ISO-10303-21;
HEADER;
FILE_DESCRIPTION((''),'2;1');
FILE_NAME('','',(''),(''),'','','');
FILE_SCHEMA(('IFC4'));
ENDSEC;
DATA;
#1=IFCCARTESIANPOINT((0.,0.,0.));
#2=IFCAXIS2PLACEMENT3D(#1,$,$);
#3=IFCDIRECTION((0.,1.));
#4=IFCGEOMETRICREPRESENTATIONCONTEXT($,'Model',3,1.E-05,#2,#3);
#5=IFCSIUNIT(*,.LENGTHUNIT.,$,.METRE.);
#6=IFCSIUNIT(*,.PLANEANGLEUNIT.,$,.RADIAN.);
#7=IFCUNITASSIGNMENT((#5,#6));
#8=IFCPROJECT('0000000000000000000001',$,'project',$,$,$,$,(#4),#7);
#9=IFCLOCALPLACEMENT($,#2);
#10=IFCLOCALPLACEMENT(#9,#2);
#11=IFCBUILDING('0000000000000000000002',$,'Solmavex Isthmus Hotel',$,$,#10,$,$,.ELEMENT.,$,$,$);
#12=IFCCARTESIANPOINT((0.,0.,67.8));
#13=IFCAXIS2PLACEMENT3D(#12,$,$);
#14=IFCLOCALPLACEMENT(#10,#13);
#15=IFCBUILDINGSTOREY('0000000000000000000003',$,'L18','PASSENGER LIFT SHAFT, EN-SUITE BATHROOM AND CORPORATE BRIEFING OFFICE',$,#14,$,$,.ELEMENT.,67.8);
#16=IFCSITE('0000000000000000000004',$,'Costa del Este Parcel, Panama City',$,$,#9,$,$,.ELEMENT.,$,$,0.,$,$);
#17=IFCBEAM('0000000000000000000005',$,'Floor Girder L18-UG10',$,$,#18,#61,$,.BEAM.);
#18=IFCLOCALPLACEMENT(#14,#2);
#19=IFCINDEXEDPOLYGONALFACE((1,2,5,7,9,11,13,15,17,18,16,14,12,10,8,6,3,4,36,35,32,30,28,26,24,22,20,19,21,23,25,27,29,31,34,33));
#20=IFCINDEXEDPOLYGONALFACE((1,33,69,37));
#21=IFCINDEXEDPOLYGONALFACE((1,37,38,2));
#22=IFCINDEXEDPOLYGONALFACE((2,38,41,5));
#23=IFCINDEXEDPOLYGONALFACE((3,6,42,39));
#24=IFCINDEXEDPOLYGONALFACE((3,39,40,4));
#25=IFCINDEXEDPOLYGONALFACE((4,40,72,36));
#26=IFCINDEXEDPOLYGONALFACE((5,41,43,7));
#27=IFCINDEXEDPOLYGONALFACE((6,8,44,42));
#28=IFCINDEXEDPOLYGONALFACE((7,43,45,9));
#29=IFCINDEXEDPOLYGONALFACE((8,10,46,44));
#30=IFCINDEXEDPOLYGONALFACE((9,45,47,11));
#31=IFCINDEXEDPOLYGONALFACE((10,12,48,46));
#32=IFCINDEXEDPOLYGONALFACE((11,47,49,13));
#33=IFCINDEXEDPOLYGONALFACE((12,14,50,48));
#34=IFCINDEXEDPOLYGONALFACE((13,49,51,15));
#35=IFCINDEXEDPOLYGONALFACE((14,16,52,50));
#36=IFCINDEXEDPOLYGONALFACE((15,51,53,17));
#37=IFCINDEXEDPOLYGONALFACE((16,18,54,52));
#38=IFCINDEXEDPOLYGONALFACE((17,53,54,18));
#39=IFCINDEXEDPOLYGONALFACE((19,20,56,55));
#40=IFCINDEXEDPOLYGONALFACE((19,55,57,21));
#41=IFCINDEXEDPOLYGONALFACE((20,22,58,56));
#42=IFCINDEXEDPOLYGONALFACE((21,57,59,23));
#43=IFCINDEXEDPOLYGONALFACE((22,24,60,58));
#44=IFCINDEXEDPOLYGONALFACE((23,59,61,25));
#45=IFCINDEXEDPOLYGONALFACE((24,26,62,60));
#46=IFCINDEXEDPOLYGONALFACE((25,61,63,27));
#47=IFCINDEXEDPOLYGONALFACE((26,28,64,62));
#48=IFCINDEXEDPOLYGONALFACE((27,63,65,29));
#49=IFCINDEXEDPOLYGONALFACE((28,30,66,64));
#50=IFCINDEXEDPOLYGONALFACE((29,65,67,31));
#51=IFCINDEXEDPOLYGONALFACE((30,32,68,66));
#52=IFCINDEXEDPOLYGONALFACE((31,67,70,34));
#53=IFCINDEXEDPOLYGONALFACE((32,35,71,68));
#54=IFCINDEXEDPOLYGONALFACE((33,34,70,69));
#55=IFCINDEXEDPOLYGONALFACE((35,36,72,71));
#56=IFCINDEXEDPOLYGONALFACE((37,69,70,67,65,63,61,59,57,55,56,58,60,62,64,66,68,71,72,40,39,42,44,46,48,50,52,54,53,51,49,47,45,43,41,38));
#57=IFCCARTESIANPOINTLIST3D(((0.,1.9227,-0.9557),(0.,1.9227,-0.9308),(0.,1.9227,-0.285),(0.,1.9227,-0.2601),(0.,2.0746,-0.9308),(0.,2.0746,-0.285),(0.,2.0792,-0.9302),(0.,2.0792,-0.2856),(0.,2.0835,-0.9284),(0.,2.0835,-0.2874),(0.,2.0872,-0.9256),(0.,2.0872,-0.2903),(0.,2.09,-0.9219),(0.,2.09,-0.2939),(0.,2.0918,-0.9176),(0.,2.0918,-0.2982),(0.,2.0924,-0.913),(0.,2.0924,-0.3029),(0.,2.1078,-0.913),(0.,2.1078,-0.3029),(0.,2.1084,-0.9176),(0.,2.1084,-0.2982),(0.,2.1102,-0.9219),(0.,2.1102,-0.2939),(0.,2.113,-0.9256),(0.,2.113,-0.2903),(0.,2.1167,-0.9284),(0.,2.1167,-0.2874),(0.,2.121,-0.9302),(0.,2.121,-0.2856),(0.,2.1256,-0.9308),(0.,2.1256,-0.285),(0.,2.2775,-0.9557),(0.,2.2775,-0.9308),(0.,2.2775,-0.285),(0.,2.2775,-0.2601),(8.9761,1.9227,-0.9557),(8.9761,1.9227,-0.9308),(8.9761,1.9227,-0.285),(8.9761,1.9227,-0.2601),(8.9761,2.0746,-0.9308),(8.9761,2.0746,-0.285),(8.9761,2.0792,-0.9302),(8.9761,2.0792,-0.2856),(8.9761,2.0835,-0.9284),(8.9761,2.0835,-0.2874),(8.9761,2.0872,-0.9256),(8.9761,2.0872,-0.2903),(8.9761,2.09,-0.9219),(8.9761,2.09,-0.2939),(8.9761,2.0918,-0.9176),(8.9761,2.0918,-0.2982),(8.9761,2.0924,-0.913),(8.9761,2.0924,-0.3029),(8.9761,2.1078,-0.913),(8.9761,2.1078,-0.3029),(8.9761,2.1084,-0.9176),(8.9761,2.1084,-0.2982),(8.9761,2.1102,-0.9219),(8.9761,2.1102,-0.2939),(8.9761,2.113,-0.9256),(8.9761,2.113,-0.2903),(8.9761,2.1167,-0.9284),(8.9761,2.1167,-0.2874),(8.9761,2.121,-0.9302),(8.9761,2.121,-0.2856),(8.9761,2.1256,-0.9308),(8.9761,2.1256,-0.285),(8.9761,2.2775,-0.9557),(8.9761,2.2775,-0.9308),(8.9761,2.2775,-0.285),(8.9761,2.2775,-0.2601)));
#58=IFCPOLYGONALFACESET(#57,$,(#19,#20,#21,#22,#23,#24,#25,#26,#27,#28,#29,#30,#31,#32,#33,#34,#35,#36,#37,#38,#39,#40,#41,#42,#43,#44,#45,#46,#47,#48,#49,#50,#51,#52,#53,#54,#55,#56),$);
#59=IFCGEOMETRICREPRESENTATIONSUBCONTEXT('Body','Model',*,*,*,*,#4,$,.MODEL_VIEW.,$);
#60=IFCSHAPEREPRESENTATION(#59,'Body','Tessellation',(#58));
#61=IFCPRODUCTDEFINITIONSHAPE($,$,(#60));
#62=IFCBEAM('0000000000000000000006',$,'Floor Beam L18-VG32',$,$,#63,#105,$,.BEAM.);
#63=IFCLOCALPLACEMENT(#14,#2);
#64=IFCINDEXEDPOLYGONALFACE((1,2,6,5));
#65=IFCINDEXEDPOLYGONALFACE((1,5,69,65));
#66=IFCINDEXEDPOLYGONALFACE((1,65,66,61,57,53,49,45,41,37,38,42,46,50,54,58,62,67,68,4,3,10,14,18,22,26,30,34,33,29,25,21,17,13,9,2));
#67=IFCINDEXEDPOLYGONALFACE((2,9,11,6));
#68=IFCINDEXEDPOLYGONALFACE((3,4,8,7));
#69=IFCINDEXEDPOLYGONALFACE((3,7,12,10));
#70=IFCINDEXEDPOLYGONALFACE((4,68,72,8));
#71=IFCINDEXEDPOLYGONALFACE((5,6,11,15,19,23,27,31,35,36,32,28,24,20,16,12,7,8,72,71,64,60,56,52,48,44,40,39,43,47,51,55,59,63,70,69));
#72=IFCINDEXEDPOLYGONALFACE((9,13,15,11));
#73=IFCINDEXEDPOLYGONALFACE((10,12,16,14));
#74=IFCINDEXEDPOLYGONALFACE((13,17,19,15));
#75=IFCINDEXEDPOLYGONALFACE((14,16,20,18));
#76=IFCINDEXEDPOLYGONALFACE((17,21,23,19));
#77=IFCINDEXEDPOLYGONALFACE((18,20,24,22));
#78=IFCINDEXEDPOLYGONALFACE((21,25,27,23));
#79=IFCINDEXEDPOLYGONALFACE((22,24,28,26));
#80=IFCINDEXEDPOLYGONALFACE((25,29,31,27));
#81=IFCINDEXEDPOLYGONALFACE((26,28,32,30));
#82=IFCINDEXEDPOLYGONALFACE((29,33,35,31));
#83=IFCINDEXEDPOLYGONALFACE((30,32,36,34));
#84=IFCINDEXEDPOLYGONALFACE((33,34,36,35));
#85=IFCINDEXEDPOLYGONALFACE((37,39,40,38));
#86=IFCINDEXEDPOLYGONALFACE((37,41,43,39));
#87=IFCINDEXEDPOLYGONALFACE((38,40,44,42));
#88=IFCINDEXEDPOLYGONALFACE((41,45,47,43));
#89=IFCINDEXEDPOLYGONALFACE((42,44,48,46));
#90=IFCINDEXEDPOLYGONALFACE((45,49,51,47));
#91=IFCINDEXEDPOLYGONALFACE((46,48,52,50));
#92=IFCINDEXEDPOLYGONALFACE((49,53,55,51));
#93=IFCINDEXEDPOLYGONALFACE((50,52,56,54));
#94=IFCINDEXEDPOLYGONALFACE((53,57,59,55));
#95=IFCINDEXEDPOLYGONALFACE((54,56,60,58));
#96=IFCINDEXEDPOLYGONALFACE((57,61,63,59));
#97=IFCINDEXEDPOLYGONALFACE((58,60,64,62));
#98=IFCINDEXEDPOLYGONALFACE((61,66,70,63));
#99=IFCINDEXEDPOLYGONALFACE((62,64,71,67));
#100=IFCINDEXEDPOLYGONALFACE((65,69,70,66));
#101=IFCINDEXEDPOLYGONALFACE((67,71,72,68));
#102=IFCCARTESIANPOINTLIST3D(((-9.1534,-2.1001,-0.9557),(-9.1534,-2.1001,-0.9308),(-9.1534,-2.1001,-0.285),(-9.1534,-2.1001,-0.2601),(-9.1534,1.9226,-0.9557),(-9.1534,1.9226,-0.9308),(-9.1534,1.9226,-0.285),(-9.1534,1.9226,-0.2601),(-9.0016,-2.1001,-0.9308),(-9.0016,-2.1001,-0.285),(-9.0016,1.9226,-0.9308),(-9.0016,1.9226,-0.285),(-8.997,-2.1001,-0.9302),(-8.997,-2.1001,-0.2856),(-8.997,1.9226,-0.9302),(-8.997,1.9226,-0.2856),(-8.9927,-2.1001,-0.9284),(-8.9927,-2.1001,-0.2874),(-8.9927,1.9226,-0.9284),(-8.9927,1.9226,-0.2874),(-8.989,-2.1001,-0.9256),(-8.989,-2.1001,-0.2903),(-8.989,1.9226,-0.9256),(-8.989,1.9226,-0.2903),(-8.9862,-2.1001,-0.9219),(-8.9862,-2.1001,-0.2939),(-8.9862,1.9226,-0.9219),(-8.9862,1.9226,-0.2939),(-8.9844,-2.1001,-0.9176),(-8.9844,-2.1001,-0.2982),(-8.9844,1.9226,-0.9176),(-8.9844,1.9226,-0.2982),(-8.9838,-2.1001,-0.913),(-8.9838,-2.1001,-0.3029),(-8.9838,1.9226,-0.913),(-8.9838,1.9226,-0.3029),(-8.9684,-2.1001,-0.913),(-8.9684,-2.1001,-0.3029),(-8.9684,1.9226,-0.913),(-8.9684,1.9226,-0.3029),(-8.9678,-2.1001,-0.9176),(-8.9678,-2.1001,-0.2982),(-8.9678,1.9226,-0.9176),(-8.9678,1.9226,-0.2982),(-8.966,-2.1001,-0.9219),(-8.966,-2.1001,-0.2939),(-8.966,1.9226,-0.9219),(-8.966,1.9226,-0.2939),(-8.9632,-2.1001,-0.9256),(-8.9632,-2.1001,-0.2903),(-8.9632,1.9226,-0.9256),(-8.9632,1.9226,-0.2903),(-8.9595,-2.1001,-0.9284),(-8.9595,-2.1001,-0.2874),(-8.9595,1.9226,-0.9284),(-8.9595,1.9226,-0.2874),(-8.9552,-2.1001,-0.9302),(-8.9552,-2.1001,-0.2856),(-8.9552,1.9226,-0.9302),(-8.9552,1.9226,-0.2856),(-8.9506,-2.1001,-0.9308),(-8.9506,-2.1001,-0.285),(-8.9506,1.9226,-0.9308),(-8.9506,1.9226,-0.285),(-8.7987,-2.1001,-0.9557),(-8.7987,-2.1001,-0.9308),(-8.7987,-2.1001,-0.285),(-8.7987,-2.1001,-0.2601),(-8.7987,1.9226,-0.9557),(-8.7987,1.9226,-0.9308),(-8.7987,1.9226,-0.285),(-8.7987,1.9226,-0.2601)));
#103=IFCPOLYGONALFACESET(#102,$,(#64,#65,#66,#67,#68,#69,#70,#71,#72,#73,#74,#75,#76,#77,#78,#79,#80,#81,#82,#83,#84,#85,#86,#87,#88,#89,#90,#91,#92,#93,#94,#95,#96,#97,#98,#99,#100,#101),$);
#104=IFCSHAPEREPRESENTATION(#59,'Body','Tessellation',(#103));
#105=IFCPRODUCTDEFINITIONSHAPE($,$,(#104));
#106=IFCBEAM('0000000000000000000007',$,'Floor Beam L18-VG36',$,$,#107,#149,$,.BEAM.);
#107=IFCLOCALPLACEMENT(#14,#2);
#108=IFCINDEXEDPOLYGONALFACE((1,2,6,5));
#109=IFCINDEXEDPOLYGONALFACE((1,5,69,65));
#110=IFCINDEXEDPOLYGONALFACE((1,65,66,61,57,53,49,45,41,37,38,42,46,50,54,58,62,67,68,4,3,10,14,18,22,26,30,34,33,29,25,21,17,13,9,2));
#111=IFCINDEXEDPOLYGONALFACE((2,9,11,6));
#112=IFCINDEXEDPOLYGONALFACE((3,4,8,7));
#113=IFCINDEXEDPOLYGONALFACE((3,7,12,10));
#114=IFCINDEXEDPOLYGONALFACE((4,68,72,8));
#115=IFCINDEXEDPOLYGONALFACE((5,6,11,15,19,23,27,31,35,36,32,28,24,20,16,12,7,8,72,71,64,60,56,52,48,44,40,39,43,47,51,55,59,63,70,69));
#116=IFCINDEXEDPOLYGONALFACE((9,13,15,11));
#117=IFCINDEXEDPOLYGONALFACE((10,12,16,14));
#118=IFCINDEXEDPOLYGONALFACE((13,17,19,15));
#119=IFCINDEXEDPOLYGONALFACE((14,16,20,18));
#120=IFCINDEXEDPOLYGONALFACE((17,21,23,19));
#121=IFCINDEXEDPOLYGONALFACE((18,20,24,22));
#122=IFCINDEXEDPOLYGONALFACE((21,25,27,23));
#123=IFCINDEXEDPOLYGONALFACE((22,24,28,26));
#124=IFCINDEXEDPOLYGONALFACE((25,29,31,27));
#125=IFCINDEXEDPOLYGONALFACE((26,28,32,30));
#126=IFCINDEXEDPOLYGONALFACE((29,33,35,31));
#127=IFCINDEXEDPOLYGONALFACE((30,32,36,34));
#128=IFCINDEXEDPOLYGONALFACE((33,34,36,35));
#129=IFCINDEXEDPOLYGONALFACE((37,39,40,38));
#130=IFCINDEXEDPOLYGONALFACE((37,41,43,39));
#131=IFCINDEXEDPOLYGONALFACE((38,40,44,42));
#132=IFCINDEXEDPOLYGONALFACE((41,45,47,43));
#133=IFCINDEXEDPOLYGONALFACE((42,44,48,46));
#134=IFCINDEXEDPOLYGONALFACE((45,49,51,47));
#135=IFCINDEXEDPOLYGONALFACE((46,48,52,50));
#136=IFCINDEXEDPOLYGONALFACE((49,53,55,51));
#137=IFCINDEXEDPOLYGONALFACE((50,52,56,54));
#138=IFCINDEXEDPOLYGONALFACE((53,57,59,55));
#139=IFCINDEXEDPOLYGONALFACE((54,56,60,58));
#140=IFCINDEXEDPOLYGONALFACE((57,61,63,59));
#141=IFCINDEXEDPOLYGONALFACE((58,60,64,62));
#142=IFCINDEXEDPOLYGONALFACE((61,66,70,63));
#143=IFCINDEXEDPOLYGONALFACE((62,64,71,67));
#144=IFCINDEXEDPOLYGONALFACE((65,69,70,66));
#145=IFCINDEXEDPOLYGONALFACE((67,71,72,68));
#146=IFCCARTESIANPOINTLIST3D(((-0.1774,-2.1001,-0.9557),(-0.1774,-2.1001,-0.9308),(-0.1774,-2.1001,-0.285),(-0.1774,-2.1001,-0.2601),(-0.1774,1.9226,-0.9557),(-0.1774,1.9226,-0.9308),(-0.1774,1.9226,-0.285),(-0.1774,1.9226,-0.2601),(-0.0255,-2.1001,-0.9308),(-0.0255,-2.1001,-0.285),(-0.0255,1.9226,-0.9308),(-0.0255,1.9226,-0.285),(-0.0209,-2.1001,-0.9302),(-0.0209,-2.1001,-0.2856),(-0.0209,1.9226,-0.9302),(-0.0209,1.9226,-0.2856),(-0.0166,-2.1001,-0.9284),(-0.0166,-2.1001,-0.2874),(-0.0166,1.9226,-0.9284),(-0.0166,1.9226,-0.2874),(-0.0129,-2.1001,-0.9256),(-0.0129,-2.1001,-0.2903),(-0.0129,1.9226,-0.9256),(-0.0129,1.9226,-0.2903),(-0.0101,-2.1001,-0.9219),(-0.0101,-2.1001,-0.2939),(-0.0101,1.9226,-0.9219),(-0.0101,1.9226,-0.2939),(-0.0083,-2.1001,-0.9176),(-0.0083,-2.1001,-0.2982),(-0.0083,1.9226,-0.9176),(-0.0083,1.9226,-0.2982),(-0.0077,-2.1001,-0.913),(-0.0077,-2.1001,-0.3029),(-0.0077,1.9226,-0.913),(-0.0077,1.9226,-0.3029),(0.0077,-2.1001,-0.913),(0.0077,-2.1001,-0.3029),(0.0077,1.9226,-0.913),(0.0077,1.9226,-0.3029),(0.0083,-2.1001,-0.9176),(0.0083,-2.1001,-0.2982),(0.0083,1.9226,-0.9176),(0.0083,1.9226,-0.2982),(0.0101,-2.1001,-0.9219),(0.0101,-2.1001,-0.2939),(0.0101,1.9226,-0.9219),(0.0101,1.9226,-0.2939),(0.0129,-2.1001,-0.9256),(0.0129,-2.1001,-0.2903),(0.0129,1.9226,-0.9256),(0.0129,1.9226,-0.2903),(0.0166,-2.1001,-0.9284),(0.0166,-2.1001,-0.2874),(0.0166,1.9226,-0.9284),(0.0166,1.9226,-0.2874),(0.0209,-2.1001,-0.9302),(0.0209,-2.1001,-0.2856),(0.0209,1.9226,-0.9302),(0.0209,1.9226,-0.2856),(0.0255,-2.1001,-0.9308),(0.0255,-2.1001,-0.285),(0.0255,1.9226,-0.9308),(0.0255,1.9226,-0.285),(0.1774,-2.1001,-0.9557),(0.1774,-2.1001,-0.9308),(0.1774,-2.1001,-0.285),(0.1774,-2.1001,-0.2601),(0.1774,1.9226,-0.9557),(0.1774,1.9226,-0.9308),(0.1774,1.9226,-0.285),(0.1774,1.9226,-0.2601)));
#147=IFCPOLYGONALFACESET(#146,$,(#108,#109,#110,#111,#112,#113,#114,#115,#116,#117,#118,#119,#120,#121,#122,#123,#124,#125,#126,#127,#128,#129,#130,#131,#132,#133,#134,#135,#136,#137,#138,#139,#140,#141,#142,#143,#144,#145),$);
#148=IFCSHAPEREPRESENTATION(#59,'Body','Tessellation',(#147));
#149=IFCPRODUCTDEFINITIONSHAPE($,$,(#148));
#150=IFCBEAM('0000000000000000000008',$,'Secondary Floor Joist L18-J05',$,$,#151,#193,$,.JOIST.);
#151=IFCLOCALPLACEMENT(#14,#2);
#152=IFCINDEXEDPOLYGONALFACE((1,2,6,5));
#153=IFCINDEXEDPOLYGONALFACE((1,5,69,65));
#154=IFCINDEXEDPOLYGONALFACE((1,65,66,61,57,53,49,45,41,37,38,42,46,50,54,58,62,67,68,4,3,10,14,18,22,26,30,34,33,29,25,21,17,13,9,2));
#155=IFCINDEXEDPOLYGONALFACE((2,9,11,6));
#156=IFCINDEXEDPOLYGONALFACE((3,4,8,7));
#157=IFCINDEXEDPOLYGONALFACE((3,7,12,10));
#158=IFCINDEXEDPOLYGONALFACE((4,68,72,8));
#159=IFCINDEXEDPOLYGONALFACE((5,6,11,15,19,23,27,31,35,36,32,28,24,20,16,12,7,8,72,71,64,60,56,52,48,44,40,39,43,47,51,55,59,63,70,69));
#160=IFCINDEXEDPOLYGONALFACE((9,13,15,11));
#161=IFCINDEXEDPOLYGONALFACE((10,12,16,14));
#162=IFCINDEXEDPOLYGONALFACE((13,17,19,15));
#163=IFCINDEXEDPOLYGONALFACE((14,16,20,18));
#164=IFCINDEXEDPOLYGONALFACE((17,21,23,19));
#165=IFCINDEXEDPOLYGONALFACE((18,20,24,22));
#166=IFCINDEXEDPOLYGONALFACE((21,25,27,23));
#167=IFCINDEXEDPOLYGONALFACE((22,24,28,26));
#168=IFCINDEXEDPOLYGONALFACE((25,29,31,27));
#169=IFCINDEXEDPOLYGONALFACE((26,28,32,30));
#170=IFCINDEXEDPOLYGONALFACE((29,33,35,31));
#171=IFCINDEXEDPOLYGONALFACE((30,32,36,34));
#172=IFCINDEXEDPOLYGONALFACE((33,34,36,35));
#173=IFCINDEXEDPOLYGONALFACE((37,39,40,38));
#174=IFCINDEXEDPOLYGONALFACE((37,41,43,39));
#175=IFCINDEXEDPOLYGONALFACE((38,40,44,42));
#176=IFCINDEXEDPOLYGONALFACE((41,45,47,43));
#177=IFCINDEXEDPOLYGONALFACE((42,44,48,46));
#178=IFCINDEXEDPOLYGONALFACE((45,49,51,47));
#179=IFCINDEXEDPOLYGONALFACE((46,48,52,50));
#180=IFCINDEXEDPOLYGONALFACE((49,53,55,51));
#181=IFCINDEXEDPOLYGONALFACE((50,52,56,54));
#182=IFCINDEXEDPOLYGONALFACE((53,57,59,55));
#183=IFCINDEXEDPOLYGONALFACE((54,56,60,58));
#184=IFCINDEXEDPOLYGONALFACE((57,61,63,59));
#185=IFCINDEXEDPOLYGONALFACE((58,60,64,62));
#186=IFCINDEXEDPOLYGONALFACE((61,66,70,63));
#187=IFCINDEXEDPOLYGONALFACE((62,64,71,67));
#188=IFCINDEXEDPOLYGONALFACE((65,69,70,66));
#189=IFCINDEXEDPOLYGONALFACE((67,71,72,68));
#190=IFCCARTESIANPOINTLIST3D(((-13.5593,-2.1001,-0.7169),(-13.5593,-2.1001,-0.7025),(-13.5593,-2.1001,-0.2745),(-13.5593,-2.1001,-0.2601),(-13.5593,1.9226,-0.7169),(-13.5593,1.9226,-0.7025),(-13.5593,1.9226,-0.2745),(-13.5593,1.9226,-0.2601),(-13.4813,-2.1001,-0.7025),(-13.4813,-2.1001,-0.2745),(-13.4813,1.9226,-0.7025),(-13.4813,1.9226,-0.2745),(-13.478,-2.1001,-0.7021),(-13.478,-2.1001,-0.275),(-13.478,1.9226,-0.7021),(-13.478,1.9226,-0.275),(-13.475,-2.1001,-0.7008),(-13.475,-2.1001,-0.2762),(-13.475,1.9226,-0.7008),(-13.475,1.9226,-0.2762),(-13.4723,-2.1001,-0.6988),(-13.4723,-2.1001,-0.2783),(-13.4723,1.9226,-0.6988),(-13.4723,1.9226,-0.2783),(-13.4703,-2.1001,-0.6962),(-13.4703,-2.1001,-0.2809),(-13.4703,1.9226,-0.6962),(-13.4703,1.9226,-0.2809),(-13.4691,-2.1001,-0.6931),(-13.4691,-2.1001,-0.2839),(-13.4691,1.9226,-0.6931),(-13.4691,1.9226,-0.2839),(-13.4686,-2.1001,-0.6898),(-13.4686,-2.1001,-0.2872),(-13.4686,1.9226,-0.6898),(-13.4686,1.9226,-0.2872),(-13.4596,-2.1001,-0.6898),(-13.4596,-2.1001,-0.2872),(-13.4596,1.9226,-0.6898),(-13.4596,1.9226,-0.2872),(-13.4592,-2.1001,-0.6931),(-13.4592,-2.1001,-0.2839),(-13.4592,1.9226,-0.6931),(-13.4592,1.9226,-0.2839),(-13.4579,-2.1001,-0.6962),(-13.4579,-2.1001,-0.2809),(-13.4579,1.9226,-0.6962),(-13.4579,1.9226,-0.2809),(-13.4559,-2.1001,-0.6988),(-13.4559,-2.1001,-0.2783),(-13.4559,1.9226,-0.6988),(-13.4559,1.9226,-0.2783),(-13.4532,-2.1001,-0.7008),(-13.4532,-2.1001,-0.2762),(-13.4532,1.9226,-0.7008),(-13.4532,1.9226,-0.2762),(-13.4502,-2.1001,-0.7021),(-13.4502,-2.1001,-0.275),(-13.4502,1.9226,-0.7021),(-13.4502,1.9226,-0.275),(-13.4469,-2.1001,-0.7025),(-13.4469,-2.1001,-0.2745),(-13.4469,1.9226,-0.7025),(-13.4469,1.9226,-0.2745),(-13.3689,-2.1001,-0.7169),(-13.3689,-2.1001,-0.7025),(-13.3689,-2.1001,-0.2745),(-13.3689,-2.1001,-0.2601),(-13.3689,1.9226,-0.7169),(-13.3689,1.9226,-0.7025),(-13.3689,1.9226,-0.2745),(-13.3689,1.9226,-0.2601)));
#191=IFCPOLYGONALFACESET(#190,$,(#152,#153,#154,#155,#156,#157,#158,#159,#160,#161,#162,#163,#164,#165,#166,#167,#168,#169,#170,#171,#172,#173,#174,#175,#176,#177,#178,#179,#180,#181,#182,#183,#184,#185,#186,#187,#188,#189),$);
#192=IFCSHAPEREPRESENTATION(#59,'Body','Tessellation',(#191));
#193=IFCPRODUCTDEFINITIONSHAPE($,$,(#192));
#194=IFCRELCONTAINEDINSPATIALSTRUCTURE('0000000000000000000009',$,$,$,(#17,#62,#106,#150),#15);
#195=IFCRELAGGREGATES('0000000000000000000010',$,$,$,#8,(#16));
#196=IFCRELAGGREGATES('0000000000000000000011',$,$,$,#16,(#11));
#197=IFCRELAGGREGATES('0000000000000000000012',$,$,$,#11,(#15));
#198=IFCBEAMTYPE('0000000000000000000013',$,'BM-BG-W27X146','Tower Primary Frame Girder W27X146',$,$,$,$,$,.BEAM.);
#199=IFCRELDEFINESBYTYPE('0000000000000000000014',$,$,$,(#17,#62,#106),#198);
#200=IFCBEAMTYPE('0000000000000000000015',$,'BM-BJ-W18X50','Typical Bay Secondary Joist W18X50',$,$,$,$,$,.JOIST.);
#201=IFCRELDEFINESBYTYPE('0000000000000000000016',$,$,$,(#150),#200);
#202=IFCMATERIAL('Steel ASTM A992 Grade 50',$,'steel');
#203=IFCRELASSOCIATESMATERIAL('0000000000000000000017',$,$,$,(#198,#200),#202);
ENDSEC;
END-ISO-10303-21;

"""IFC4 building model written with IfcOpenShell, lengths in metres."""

from ifc_helpers import new_model, si_unit, direction, frame, origin, origin_2d, place, context, subcontext, project, spatial, i_section, extrude, material, material_profile, profile_set, type_object, element, save


model = new_model("IFC4")

# Units and contexts
model_context = context("Model", 3, precision=1e-05, world=origin(), true_north=direction((0.0, 1.0)))
body_context = subcontext(model_context, "Body", "Model", "MODEL_VIEW")
ifc_project = project(units=[si_unit("LENGTHUNIT", "METRE"), si_unit("PLANEANGLEUNIT", "RADIAN")], contexts=[model_context])

# Site, building, storey
site_placement = place(None, origin())
site = spatial("IfcSite", under=ifc_project, at=site_placement, Name="Costa del Este Parcel, Panama City", CompositionType="ELEMENT", RefElevation=0.0)
building_placement = place(site_placement, origin())
building = spatial("IfcBuilding", under=site, at=building_placement, Name="Solmavex Isthmus Hotel", CompositionType="ELEMENT")
storey_placement = place(building_placement, frame((0.0, 0.0, 67.8)))
storey = spatial("IfcBuildingStorey", under=building, at=storey_placement, Name="L18", Description="PASSENGER LIFT SHAFT, EN-SUITE BATHROOM AND CORPORATE BRIEFING OFFICE", CompositionType="ELEMENT", Elevation=67.8)

# Beams
ifc_material_1 = material(Name="Steel ASTM A992 Grade 50", Category="steel")
ifc_material_profile_1 = material_profile(ifc_material_1, i_section(OverallWidth=0.3547, OverallDepth=0.6956, WebThickness=0.0154, FlangeThickness=0.0249, FilletRadius=0.0178, at=origin_2d()), Name="W27X146")
ifc_profile_set_1 = profile_set([ifc_material_profile_1], Name="Steel ASTM A992 Grade 50")
beam_type_1 = type_object("IfcBeamType", Name="BM-BG-W27X146", Description="Tower Primary Frame Girder W27X146", PredefinedType="BEAM", material=ifc_profile_set_1)
for number, where, z_axis, x_axis, name in (
    (1, (0.0, 2.1001, -0.6079), (1.0, 0.0, 0.0), (0.0, 1.0, 0.0), "Floor Girder L18-UG10"),
):
    element("IfcBeam", number, at=place(storey_placement, frame(where, z_axis=z_axis, x_axis=x_axis)), inside=storey, type_object=beam_type_1, Name=name, PredefinedType="BEAM", context=body_context, shape_type="SweptSolid", body=[
        extrude(i_section(OverallWidth=0.3547, OverallDepth=0.6956, WebThickness=0.0154, FlangeThickness=0.0249, FilletRadius=0.0178, at=origin_2d()), origin(), (0.0, 0.0, 1.0), 8.9761),
    ])
for number, where, z_axis, x_axis, name in (
    (2, (-8.9761, -2.1001, -0.6079), (0.0, 1.0, 0.0), (-1.0, 0.0, 0.0), "Floor Beam L18-VG32"),
    (3, (0.0, -2.1001, -0.6079), (0.0, 1.0, 0.0), (-1.0, 0.0, 0.0), "Floor Beam L18-VG36"),
):
    element("IfcBeam", number, at=place(storey_placement, frame(where, z_axis=z_axis, x_axis=x_axis)), inside=storey, type_object=beam_type_1, Name=name, PredefinedType="BEAM", context=body_context, shape_type="SweptSolid", body=[
        extrude(i_section(OverallWidth=0.3547, OverallDepth=0.6956, WebThickness=0.0154, FlangeThickness=0.0249, FilletRadius=0.0178, at=origin_2d()), origin(), (0.0, 0.0, 1.0), 4.0227),
    ])
ifc_material_profile_2 = material_profile(ifc_material_1, i_section(OverallWidth=0.1904, OverallDepth=0.4568, WebThickness=0.009, FlangeThickness=0.0144, FilletRadius=0.0127, at=origin_2d()), Name="W18X50")
ifc_profile_set_2 = profile_set([ifc_material_profile_2], Name="Steel ASTM A992 Grade 50")
beam_type_2 = type_object("IfcBeamType", Name="BM-BJ-W18X50", Description="Typical Bay Secondary Joist W18X50", PredefinedType="JOIST", material=ifc_profile_set_2)
for number, where, z_axis, x_axis, name in (
    (4, (-13.4641, -2.1001, -0.4885), (0.0, 1.0, 0.0), (-1.0, 0.0, 0.0), "Secondary Floor Joist L18-J05"),
):
    element("IfcBeam", number, at=place(storey_placement, frame(where, z_axis=z_axis, x_axis=x_axis)), inside=storey, type_object=beam_type_2, Name=name, PredefinedType="JOIST", context=body_context, shape_type="SweptSolid", body=[
        extrude(i_section(OverallWidth=0.1904, OverallDepth=0.4568, WebThickness=0.009, FlangeThickness=0.0144, FilletRadius=0.0127, at=origin_2d()), origin(), (0.0, 0.0, 1.0), 4.0227),
    ])

save(model, "model.ifc")
